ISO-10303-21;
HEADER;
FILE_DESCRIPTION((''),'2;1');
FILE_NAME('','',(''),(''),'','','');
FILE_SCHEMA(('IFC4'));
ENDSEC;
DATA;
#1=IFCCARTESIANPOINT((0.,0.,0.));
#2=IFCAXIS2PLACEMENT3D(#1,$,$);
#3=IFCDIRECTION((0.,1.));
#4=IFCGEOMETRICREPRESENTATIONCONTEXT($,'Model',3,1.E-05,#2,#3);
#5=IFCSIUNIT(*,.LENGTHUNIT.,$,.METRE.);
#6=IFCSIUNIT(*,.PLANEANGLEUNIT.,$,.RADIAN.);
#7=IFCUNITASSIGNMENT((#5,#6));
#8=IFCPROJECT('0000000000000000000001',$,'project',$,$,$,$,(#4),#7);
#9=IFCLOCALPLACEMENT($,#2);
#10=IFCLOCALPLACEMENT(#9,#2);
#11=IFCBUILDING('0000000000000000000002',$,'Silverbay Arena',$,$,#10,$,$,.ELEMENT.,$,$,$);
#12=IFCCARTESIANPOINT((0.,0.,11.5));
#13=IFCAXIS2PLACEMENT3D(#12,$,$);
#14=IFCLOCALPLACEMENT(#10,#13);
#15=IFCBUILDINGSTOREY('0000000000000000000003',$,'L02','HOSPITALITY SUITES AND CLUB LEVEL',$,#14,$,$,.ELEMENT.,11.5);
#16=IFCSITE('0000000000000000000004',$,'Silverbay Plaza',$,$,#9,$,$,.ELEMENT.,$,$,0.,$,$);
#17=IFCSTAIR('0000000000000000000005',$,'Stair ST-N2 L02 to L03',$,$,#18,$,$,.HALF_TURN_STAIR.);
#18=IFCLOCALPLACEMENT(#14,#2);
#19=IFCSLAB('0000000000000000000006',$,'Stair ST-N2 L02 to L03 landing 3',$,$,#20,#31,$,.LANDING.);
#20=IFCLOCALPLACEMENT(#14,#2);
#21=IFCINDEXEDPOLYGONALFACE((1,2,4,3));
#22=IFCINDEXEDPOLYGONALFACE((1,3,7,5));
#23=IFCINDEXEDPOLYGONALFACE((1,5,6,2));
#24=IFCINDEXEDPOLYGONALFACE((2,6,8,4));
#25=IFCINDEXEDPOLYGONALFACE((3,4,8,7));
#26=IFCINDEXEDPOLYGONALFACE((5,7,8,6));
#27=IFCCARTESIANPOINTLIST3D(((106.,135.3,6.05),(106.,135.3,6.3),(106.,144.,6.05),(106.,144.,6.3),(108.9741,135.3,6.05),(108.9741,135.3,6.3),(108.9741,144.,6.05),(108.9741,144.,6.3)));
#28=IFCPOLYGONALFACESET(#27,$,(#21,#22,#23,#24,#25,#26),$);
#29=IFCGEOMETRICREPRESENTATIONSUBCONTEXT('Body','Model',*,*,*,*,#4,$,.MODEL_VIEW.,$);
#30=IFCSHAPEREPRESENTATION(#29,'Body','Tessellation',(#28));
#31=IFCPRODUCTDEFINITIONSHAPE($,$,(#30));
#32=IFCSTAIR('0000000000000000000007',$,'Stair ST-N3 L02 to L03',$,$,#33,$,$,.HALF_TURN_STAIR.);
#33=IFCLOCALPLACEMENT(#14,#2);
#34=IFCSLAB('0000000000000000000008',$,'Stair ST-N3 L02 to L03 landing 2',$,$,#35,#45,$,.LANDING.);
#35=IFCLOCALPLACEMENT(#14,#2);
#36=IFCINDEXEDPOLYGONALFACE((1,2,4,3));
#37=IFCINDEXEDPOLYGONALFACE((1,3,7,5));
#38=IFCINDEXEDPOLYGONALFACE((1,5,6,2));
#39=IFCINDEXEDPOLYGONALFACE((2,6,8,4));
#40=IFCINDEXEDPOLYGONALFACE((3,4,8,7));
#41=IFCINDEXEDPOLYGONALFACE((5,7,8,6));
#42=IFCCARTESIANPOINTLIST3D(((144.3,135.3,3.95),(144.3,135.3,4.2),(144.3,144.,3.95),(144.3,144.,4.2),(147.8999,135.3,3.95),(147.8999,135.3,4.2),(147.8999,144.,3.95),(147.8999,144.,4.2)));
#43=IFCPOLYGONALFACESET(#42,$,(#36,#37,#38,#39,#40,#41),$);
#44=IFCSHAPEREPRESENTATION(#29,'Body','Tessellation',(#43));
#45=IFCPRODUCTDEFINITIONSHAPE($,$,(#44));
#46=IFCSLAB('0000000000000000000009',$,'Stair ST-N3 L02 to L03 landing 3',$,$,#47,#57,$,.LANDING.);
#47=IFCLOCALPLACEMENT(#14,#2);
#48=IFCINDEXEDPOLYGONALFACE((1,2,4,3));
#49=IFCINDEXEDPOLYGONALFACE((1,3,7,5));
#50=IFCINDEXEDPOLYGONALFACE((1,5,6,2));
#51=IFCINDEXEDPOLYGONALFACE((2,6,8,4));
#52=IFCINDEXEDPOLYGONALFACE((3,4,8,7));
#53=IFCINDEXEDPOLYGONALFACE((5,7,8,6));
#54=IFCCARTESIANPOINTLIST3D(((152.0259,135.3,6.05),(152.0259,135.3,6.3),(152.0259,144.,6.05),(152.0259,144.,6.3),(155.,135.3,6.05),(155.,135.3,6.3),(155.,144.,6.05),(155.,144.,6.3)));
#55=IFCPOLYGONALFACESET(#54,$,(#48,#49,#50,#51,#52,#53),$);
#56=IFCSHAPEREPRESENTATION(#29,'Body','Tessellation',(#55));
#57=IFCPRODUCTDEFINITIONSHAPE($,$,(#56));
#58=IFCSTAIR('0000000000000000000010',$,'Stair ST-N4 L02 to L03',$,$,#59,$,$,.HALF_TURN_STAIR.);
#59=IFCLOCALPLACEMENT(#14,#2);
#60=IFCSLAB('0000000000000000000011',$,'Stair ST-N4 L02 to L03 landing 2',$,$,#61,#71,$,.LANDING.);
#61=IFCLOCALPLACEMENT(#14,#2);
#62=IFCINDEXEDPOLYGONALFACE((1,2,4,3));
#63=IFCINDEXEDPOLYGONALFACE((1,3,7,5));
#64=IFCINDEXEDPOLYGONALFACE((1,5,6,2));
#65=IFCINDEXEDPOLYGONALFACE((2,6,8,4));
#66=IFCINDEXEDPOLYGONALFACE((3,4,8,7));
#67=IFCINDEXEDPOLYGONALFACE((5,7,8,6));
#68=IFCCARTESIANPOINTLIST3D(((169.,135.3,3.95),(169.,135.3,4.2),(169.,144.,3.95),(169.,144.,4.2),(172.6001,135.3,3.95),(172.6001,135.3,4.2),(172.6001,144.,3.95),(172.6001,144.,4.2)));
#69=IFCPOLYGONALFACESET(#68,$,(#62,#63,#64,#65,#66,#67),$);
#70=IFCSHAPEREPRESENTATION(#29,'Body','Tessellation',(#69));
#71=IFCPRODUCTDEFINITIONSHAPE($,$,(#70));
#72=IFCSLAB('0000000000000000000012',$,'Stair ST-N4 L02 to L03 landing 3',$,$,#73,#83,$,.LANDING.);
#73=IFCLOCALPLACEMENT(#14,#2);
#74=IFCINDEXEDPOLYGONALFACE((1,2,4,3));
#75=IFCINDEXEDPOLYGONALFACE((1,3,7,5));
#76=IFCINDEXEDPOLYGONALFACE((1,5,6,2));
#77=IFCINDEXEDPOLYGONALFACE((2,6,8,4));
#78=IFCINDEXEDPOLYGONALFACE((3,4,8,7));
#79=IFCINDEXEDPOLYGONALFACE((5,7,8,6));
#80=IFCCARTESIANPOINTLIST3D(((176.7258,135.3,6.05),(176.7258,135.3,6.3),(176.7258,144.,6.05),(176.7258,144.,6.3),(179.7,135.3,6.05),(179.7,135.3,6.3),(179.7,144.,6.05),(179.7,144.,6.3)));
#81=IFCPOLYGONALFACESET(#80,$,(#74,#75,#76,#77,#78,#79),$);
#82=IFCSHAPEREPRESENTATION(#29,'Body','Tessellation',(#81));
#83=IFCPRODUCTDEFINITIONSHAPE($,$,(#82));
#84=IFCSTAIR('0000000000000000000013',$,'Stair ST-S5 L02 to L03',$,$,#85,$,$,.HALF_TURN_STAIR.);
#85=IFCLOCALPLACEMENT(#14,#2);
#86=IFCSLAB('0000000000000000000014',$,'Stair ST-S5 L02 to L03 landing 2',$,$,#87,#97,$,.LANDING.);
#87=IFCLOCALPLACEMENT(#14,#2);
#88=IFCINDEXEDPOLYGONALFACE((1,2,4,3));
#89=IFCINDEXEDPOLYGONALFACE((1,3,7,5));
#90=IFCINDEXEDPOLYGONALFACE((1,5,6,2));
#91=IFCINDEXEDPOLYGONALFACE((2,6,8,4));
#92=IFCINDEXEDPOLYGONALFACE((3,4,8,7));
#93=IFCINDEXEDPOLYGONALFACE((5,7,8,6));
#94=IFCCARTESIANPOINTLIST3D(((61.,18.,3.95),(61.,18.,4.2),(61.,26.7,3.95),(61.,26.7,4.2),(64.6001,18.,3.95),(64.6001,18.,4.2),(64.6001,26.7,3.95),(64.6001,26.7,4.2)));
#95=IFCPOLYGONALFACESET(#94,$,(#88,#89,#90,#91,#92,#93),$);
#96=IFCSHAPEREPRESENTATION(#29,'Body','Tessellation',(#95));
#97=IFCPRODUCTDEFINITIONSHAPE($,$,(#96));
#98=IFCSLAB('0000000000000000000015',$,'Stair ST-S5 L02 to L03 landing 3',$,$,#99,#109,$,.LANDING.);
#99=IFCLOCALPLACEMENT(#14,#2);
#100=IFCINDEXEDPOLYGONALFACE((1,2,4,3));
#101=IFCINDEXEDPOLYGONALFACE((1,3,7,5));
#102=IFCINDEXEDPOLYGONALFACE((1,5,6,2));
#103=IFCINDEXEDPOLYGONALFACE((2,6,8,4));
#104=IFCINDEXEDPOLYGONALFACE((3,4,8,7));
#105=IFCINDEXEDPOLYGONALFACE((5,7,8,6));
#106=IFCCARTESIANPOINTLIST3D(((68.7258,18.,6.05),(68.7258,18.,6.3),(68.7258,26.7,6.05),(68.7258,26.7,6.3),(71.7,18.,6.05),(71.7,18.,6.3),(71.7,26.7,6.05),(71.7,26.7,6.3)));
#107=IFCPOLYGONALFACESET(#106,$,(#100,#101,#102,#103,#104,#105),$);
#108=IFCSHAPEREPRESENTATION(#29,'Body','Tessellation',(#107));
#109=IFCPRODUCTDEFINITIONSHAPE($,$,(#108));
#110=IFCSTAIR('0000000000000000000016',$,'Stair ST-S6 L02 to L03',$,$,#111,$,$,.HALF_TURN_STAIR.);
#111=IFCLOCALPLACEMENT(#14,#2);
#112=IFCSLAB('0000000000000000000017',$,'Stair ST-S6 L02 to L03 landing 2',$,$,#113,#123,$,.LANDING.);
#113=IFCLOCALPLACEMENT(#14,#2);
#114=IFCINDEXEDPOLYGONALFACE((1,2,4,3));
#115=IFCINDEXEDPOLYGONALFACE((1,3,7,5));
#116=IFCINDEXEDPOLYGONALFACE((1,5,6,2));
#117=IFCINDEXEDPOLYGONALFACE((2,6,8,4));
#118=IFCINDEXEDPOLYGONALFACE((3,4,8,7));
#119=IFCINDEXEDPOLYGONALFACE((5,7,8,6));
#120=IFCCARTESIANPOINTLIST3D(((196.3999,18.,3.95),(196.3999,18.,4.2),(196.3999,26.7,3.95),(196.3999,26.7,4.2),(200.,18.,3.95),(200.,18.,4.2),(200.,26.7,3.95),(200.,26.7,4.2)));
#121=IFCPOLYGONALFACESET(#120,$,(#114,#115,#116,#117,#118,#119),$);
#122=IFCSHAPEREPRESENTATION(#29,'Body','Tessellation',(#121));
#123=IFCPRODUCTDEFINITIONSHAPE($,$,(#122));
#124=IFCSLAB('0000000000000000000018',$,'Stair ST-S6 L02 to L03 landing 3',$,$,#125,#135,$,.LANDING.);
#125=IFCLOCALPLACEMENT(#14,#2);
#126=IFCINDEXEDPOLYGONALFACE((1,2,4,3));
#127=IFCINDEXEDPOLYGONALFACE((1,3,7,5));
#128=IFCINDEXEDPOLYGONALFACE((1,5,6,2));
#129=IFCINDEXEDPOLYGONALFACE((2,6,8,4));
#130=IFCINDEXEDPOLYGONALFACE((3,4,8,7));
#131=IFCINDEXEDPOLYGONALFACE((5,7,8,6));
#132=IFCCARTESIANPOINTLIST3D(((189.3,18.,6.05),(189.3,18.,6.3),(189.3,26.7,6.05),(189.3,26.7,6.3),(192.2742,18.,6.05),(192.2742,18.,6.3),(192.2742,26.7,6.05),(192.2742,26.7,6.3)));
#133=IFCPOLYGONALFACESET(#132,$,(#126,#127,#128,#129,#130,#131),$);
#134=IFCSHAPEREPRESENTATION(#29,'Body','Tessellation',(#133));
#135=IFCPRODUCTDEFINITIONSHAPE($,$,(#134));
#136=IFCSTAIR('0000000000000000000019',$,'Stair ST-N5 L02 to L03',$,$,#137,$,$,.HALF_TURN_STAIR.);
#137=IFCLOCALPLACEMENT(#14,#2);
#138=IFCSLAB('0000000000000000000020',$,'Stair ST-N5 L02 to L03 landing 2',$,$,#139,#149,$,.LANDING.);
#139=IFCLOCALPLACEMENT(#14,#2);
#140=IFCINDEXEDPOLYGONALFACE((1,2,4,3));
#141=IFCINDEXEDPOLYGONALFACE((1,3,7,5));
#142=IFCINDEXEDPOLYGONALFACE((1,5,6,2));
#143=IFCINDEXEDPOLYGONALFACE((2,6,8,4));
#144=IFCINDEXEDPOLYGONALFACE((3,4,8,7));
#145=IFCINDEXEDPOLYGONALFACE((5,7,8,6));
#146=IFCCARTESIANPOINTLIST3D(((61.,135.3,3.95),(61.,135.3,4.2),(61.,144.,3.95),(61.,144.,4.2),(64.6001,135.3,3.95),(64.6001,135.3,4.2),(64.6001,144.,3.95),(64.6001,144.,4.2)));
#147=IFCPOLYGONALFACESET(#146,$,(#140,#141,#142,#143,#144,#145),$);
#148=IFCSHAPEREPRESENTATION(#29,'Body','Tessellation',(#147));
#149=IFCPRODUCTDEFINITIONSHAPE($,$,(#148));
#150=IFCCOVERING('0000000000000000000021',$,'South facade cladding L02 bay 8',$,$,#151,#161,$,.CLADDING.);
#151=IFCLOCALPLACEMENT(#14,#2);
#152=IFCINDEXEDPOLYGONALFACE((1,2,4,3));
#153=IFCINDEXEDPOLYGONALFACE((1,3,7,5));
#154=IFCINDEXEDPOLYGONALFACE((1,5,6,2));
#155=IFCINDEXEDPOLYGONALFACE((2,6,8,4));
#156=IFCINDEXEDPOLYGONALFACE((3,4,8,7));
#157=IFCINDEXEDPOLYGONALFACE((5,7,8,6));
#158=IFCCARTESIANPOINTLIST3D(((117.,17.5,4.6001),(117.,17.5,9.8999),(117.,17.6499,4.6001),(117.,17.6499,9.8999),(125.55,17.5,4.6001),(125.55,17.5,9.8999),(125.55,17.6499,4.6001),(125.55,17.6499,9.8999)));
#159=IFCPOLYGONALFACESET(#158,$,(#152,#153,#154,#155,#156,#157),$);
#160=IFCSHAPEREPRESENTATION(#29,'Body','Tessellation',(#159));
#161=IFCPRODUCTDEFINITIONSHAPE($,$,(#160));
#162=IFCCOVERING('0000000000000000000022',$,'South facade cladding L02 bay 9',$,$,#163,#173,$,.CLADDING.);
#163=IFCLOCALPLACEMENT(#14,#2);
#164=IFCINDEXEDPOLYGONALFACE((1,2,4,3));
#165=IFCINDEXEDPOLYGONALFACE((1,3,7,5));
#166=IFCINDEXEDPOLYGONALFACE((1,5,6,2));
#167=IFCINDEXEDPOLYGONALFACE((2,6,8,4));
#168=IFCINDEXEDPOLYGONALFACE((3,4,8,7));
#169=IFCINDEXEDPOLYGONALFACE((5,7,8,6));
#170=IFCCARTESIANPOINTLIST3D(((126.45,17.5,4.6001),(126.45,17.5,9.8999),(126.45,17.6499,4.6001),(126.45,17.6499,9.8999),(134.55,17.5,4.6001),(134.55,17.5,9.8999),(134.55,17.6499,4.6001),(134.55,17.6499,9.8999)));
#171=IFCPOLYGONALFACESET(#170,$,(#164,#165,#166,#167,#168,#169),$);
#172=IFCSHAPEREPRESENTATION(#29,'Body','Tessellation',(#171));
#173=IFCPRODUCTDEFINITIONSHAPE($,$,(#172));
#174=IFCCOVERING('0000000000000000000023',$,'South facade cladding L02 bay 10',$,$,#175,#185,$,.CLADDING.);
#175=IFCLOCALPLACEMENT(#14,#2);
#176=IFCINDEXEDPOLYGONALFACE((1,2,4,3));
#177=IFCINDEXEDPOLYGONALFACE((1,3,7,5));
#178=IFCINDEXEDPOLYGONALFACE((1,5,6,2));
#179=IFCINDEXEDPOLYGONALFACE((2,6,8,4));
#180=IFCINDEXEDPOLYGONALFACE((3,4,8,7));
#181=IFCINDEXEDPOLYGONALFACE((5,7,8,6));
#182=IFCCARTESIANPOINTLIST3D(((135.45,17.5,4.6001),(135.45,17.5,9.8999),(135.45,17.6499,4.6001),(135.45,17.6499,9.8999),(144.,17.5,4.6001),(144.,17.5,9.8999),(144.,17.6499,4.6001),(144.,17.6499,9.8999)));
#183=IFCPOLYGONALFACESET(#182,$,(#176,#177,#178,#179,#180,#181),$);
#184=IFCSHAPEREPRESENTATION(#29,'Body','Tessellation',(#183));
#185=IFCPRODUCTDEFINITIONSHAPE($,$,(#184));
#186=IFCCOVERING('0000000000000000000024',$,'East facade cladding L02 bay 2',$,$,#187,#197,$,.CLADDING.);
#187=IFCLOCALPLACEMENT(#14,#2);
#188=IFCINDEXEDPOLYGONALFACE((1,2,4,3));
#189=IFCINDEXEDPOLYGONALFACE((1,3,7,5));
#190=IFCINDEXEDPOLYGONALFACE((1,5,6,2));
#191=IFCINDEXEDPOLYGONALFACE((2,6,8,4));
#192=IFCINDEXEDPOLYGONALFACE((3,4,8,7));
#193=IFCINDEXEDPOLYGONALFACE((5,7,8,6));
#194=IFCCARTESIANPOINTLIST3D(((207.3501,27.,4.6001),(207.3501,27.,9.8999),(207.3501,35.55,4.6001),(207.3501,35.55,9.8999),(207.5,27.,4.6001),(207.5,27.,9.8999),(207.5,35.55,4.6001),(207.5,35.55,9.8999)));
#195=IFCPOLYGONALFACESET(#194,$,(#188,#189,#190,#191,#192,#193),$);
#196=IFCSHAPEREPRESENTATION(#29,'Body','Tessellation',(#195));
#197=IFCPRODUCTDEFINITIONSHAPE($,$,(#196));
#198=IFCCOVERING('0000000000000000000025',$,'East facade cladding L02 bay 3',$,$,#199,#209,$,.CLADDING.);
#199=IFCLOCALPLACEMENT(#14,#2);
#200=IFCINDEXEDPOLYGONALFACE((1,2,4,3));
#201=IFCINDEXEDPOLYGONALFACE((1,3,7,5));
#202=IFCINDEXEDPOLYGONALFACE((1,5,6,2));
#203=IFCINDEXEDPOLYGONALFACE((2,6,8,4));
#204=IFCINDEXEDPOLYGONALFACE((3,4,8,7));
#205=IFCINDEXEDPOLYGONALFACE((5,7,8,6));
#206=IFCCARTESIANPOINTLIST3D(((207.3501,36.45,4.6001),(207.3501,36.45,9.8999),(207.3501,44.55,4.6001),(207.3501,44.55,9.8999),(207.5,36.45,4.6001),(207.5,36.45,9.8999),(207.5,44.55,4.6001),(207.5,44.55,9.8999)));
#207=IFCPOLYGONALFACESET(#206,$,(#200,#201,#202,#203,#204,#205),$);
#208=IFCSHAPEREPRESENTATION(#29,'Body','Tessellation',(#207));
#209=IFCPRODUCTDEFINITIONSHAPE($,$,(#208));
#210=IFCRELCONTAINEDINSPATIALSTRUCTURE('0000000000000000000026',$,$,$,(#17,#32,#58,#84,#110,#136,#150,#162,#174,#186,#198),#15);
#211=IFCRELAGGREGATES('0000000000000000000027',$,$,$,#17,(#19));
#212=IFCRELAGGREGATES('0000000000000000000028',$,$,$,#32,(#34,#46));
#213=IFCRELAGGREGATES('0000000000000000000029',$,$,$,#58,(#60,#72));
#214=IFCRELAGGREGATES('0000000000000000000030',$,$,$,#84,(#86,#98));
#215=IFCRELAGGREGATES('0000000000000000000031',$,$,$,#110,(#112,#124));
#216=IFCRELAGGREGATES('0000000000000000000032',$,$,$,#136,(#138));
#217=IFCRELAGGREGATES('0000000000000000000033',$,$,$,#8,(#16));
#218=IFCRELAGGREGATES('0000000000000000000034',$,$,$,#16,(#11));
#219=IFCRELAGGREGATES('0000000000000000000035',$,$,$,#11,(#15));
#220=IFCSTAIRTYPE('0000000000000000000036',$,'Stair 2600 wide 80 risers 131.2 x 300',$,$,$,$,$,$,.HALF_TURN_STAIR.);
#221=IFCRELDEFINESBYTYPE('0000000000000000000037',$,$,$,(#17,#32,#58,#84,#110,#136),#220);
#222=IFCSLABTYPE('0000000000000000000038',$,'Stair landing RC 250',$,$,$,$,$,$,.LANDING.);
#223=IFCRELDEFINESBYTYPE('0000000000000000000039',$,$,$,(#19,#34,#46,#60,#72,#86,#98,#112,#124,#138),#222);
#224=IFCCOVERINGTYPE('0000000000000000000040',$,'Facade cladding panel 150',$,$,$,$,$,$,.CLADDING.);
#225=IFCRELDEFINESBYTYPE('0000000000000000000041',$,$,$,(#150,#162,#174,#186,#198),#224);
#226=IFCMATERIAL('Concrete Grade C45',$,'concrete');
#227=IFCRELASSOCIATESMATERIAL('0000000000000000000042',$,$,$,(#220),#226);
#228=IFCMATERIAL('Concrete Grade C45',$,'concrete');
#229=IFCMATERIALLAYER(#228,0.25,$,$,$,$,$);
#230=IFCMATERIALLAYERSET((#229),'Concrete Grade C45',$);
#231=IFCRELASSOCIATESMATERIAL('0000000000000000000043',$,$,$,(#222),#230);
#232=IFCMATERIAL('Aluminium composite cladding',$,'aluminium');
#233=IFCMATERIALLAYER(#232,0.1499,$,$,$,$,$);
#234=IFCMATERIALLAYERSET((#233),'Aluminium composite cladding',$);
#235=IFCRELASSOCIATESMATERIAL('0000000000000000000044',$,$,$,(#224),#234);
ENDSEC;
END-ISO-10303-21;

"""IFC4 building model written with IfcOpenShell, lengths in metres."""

from ifc_helpers import new_model, si_unit, direction, frame, origin, place, context, subcontext, project, spatial, polyline, outline, extrude, material, layer, layer_set, type_object, element, aggregate, save


model = new_model("IFC4")

# Units and contexts
model_context = context("Model", 3, precision=1e-05, world=origin(), true_north=direction((0.0, 1.0)))
body_context = subcontext(model_context, "Body", "Model", "MODEL_VIEW")
ifc_project = project(units=[si_unit("LENGTHUNIT", "METRE"), si_unit("PLANEANGLEUNIT", "RADIAN")], contexts=[model_context])

# Site, building, storey
site_placement = place(None, origin())
site = spatial("IfcSite", under=ifc_project, at=site_placement, Name="Silverbay Plaza", CompositionType="ELEMENT", RefElevation=0.0)
building_placement = place(site_placement, origin())
building = spatial("IfcBuilding", under=site, at=building_placement, Name="Silverbay Arena", CompositionType="ELEMENT")
storey_placement = place(building_placement, frame((0.0, 0.0, 11.5)))
storey = spatial("IfcBuildingStorey", under=building, at=storey_placement, Name="L02", Description="HOSPITALITY SUITES AND CLUB LEVEL", CompositionType="ELEMENT", Elevation=11.5)

# Stairs, slabs
ifc_material_1 = material(Name="Concrete Grade C45", Category="concrete")
stair_type = type_object("IfcStairType", Name="Stair 2600 wide 80 risers 131.2 x 300", PredefinedType="HALF_TURN_STAIR", material=ifc_material_1)
ifc_material_2 = material(Name="Concrete Grade C45", Category="concrete")
ifc_layer_1 = layer(ifc_material_2, 0.25)
ifc_layer_set_1 = layer_set([ifc_layer_1], Name="Concrete Grade C45")
slab_type_1 = type_object("IfcSlabType", Name="Stair landing RC 250", PredefinedType="LANDING", material=ifc_layer_set_1)
stair_1_placement = place(storey_placement, origin())
stair_1 = element("IfcStair", 1, at=stair_1_placement, inside=storey, type_object=stair_type, Name="Stair ST-N2 L02 to L03", PredefinedType="HALF_TURN_STAIR")
slab_1_placement = place(storey_placement, frame((0.0, 0.0, 6.05)))
slab_1 = element("IfcSlab", 2, at=slab_1_placement, type_object=slab_type_1, Name="Stair ST-N2 L02 to L03 landing 3", PredefinedType="LANDING", context=body_context, shape_type="SweptSolid", body=[
    extrude(outline(polyline([(108.9741, 135.3), (106.0, 135.3), (106.0, 144.0), (108.9741, 144.0), (108.9741, 135.3)])), origin(), (0.0, 0.0, 1.0), 0.25),
])
aggregate(stair_1, [slab_1])
stair_2_placement = place(storey_placement, origin())
stair_2 = element("IfcStair", 3, at=stair_2_placement, inside=storey, type_object=stair_type, Name="Stair ST-N3 L02 to L03", PredefinedType="HALF_TURN_STAIR")
slab_2_placement = place(storey_placement, frame((0.0, 0.0, 3.95)))
slab_2 = element("IfcSlab", 4, at=slab_2_placement, type_object=slab_type_1, Name="Stair ST-N3 L02 to L03 landing 2", PredefinedType="LANDING", context=body_context, shape_type="SweptSolid", body=[
    extrude(outline(polyline([(144.3, 135.3), (147.8999, 135.3), (147.8999, 144.0), (144.3, 144.0), (144.3, 135.3)])), origin(), (0.0, 0.0, 1.0), 0.25),
])
slab_3_placement = place(storey_placement, frame((0.0, 0.0, 6.05)))
slab_3 = element("IfcSlab", 5, at=slab_3_placement, type_object=slab_type_1, Name="Stair ST-N3 L02 to L03 landing 3", PredefinedType="LANDING", context=body_context, shape_type="SweptSolid", body=[
    extrude(outline(polyline([(152.0259, 135.3), (155.0, 135.3), (155.0, 144.0), (152.0259, 144.0), (152.0259, 135.3)])), origin(), (0.0, 0.0, 1.0), 0.25),
])
aggregate(stair_2, [slab_2, slab_3])
stair_3_placement = place(storey_placement, origin())
stair_3 = element("IfcStair", 6, at=stair_3_placement, inside=storey, type_object=stair_type, Name="Stair ST-N4 L02 to L03", PredefinedType="HALF_TURN_STAIR")
slab_4_placement = place(storey_placement, frame((0.0, 0.0, 3.95)))
slab_4 = element("IfcSlab", 7, at=slab_4_placement, type_object=slab_type_1, Name="Stair ST-N4 L02 to L03 landing 2", PredefinedType="LANDING", context=body_context, shape_type="SweptSolid", body=[
    extrude(outline(polyline([(169.0, 135.3), (172.6001, 135.3), (172.6001, 144.0), (169.0, 144.0), (169.0, 135.3)])), origin(), (0.0, 0.0, 1.0), 0.25),
])
slab_5_placement = place(storey_placement, frame((0.0, 0.0, 6.05)))
slab_5 = element("IfcSlab", 8, at=slab_5_placement, type_object=slab_type_1, Name="Stair ST-N4 L02 to L03 landing 3", PredefinedType="LANDING", context=body_context, shape_type="SweptSolid", body=[
    extrude(outline(polyline([(176.7258, 135.3), (179.7, 135.3), (179.7, 144.0), (176.7258, 144.0), (176.7258, 135.3)])), origin(), (0.0, 0.0, 1.0), 0.25),
])
aggregate(stair_3, [slab_4, slab_5])
stair_4_placement = place(storey_placement, origin())
stair_4 = element("IfcStair", 9, at=stair_4_placement, inside=storey, type_object=stair_type, Name="Stair ST-S5 L02 to L03", PredefinedType="HALF_TURN_STAIR")
slab_6_placement = place(storey_placement, frame((0.0, 0.0, 3.95)))
slab_6 = element("IfcSlab", 10, at=slab_6_placement, type_object=slab_type_1, Name="Stair ST-S5 L02 to L03 landing 2", PredefinedType="LANDING", context=body_context, shape_type="SweptSolid", body=[
    extrude(outline(polyline([(61.0, 26.7), (64.6001, 26.7), (64.6001, 18.0), (61.0, 18.0), (61.0, 26.7)])), origin(), (0.0, 0.0, 1.0), 0.25),
])
slab_7_placement = place(storey_placement, frame((0.0, 0.0, 6.05)))
slab_7 = element("IfcSlab", 11, at=slab_7_placement, type_object=slab_type_1, Name="Stair ST-S5 L02 to L03 landing 3", PredefinedType="LANDING", context=body_context, shape_type="SweptSolid", body=[
    extrude(outline(polyline([(68.7258, 26.7), (71.7, 26.7), (71.7, 18.0), (68.7258, 18.0), (68.7258, 26.7)])), origin(), (0.0, 0.0, 1.0), 0.25),
])
aggregate(stair_4, [slab_6, slab_7])
stair_5_placement = place(storey_placement, origin())
stair_5 = element("IfcStair", 12, at=stair_5_placement, inside=storey, type_object=stair_type, Name="Stair ST-S6 L02 to L03", PredefinedType="HALF_TURN_STAIR")
slab_8_placement = place(storey_placement, frame((0.0, 0.0, 3.95)))
slab_8 = element("IfcSlab", 13, at=slab_8_placement, type_object=slab_type_1, Name="Stair ST-S6 L02 to L03 landing 2", PredefinedType="LANDING", context=body_context, shape_type="SweptSolid", body=[
    extrude(outline(polyline([(200.0, 26.7), (196.3999, 26.7), (196.3999, 18.0), (200.0, 18.0), (200.0, 26.7)])), origin(), (0.0, 0.0, 1.0), 0.25),
])
slab_9_placement = place(storey_placement, frame((0.0, 0.0, 6.05)))
slab_9 = element("IfcSlab", 14, at=slab_9_placement, type_object=slab_type_1, Name="Stair ST-S6 L02 to L03 landing 3", PredefinedType="LANDING", context=body_context, shape_type="SweptSolid", body=[
    extrude(outline(polyline([(192.2742, 26.7), (189.3, 26.7), (189.3, 18.0), (192.2742, 18.0), (192.2742, 26.7)])), origin(), (0.0, 0.0, 1.0), 0.25),
])
aggregate(stair_5, [slab_8, slab_9])

# Stair, slab
stair_6_placement = place(storey_placement, origin())
stair_6 = element("IfcStair", 15, at=stair_6_placement, inside=storey, type_object=stair_type, Name="Stair ST-N5 L02 to L03", PredefinedType="HALF_TURN_STAIR")
slab_10_placement = place(storey_placement, frame((0.0, 0.0, 3.95)))
slab_10 = element("IfcSlab", 16, at=slab_10_placement, type_object=slab_type_1, Name="Stair ST-N5 L02 to L03 landing 2", PredefinedType="LANDING", context=body_context, shape_type="SweptSolid", body=[
    extrude(outline(polyline([(61.0, 135.3), (64.6001, 135.3), (64.6001, 144.0), (61.0, 144.0), (61.0, 135.3)])), origin(), (0.0, 0.0, 1.0), 0.25),
])
aggregate(stair_6, [slab_10])

# Coverings
ifc_material_3 = material(Name="Aluminium composite cladding", Category="aluminium")
ifc_layer_2 = layer(ifc_material_3, 0.1499)
ifc_layer_set_2 = layer_set([ifc_layer_2], Name="Aluminium composite cladding")
covering_type = type_object("IfcCoveringType", Name="Facade cladding panel 150", PredefinedType="CLADDING", material=ifc_layer_set_2)
covering_1_placement = place(storey_placement, frame((0.0, 0.0, 4.6001)))
element("IfcCovering", 17, at=covering_1_placement, inside=storey, type_object=covering_type, Name="South facade cladding L02 bay 8", PredefinedType="CLADDING", context=body_context, shape_type="SweptSolid", body=[
    extrude(outline(polyline([(117.0, 17.5), (125.55, 17.5), (125.55, 17.6499), (117.0, 17.6499), (117.0, 17.5)])), origin(), (0.0, 0.0, 1.0), 5.2998),
])
covering_2_placement = place(storey_placement, frame((0.0, 0.0, 4.6001)))
element("IfcCovering", 18, at=covering_2_placement, inside=storey, type_object=covering_type, Name="South facade cladding L02 bay 9", PredefinedType="CLADDING", context=body_context, shape_type="SweptSolid", body=[
    extrude(outline(polyline([(126.45, 17.5), (134.55, 17.5), (134.55, 17.6499), (126.45, 17.6499), (126.45, 17.5)])), origin(), (0.0, 0.0, 1.0), 5.2998),
])
covering_3_placement = place(storey_placement, frame((0.0, 0.0, 4.6001)))
element("IfcCovering", 19, at=covering_3_placement, inside=storey, type_object=covering_type, Name="South facade cladding L02 bay 10", PredefinedType="CLADDING", context=body_context, shape_type="SweptSolid", body=[
    extrude(outline(polyline([(135.45, 17.5), (144.0, 17.5), (144.0, 17.6499), (135.45, 17.6499), (135.45, 17.5)])), origin(), (0.0, 0.0, 1.0), 5.2998),
])
covering_4_placement = place(storey_placement, frame((0.0, 0.0, 4.6001)))
element("IfcCovering", 20, at=covering_4_placement, inside=storey, type_object=covering_type, Name="East facade cladding L02 bay 2", PredefinedType="CLADDING", context=body_context, shape_type="SweptSolid", body=[
    extrude(outline(polyline([(207.3501, 27.0), (207.5, 27.0), (207.5, 35.55), (207.3501, 35.55), (207.3501, 27.0)])), origin(), (0.0, 0.0, 1.0), 5.2998),
])
covering_5_placement = place(storey_placement, frame((0.0, 0.0, 4.6001)))
element("IfcCovering", 21, at=covering_5_placement, inside=storey, type_object=covering_type, Name="East facade cladding L02 bay 3", PredefinedType="CLADDING", context=body_context, shape_type="SweptSolid", body=[
    extrude(outline(polyline([(207.3501, 36.45), (207.5, 36.45), (207.5, 44.55), (207.3501, 44.55), (207.3501, 36.45)])), origin(), (0.0, 0.0, 1.0), 5.2998),
])

save(model, "model.ifc")
